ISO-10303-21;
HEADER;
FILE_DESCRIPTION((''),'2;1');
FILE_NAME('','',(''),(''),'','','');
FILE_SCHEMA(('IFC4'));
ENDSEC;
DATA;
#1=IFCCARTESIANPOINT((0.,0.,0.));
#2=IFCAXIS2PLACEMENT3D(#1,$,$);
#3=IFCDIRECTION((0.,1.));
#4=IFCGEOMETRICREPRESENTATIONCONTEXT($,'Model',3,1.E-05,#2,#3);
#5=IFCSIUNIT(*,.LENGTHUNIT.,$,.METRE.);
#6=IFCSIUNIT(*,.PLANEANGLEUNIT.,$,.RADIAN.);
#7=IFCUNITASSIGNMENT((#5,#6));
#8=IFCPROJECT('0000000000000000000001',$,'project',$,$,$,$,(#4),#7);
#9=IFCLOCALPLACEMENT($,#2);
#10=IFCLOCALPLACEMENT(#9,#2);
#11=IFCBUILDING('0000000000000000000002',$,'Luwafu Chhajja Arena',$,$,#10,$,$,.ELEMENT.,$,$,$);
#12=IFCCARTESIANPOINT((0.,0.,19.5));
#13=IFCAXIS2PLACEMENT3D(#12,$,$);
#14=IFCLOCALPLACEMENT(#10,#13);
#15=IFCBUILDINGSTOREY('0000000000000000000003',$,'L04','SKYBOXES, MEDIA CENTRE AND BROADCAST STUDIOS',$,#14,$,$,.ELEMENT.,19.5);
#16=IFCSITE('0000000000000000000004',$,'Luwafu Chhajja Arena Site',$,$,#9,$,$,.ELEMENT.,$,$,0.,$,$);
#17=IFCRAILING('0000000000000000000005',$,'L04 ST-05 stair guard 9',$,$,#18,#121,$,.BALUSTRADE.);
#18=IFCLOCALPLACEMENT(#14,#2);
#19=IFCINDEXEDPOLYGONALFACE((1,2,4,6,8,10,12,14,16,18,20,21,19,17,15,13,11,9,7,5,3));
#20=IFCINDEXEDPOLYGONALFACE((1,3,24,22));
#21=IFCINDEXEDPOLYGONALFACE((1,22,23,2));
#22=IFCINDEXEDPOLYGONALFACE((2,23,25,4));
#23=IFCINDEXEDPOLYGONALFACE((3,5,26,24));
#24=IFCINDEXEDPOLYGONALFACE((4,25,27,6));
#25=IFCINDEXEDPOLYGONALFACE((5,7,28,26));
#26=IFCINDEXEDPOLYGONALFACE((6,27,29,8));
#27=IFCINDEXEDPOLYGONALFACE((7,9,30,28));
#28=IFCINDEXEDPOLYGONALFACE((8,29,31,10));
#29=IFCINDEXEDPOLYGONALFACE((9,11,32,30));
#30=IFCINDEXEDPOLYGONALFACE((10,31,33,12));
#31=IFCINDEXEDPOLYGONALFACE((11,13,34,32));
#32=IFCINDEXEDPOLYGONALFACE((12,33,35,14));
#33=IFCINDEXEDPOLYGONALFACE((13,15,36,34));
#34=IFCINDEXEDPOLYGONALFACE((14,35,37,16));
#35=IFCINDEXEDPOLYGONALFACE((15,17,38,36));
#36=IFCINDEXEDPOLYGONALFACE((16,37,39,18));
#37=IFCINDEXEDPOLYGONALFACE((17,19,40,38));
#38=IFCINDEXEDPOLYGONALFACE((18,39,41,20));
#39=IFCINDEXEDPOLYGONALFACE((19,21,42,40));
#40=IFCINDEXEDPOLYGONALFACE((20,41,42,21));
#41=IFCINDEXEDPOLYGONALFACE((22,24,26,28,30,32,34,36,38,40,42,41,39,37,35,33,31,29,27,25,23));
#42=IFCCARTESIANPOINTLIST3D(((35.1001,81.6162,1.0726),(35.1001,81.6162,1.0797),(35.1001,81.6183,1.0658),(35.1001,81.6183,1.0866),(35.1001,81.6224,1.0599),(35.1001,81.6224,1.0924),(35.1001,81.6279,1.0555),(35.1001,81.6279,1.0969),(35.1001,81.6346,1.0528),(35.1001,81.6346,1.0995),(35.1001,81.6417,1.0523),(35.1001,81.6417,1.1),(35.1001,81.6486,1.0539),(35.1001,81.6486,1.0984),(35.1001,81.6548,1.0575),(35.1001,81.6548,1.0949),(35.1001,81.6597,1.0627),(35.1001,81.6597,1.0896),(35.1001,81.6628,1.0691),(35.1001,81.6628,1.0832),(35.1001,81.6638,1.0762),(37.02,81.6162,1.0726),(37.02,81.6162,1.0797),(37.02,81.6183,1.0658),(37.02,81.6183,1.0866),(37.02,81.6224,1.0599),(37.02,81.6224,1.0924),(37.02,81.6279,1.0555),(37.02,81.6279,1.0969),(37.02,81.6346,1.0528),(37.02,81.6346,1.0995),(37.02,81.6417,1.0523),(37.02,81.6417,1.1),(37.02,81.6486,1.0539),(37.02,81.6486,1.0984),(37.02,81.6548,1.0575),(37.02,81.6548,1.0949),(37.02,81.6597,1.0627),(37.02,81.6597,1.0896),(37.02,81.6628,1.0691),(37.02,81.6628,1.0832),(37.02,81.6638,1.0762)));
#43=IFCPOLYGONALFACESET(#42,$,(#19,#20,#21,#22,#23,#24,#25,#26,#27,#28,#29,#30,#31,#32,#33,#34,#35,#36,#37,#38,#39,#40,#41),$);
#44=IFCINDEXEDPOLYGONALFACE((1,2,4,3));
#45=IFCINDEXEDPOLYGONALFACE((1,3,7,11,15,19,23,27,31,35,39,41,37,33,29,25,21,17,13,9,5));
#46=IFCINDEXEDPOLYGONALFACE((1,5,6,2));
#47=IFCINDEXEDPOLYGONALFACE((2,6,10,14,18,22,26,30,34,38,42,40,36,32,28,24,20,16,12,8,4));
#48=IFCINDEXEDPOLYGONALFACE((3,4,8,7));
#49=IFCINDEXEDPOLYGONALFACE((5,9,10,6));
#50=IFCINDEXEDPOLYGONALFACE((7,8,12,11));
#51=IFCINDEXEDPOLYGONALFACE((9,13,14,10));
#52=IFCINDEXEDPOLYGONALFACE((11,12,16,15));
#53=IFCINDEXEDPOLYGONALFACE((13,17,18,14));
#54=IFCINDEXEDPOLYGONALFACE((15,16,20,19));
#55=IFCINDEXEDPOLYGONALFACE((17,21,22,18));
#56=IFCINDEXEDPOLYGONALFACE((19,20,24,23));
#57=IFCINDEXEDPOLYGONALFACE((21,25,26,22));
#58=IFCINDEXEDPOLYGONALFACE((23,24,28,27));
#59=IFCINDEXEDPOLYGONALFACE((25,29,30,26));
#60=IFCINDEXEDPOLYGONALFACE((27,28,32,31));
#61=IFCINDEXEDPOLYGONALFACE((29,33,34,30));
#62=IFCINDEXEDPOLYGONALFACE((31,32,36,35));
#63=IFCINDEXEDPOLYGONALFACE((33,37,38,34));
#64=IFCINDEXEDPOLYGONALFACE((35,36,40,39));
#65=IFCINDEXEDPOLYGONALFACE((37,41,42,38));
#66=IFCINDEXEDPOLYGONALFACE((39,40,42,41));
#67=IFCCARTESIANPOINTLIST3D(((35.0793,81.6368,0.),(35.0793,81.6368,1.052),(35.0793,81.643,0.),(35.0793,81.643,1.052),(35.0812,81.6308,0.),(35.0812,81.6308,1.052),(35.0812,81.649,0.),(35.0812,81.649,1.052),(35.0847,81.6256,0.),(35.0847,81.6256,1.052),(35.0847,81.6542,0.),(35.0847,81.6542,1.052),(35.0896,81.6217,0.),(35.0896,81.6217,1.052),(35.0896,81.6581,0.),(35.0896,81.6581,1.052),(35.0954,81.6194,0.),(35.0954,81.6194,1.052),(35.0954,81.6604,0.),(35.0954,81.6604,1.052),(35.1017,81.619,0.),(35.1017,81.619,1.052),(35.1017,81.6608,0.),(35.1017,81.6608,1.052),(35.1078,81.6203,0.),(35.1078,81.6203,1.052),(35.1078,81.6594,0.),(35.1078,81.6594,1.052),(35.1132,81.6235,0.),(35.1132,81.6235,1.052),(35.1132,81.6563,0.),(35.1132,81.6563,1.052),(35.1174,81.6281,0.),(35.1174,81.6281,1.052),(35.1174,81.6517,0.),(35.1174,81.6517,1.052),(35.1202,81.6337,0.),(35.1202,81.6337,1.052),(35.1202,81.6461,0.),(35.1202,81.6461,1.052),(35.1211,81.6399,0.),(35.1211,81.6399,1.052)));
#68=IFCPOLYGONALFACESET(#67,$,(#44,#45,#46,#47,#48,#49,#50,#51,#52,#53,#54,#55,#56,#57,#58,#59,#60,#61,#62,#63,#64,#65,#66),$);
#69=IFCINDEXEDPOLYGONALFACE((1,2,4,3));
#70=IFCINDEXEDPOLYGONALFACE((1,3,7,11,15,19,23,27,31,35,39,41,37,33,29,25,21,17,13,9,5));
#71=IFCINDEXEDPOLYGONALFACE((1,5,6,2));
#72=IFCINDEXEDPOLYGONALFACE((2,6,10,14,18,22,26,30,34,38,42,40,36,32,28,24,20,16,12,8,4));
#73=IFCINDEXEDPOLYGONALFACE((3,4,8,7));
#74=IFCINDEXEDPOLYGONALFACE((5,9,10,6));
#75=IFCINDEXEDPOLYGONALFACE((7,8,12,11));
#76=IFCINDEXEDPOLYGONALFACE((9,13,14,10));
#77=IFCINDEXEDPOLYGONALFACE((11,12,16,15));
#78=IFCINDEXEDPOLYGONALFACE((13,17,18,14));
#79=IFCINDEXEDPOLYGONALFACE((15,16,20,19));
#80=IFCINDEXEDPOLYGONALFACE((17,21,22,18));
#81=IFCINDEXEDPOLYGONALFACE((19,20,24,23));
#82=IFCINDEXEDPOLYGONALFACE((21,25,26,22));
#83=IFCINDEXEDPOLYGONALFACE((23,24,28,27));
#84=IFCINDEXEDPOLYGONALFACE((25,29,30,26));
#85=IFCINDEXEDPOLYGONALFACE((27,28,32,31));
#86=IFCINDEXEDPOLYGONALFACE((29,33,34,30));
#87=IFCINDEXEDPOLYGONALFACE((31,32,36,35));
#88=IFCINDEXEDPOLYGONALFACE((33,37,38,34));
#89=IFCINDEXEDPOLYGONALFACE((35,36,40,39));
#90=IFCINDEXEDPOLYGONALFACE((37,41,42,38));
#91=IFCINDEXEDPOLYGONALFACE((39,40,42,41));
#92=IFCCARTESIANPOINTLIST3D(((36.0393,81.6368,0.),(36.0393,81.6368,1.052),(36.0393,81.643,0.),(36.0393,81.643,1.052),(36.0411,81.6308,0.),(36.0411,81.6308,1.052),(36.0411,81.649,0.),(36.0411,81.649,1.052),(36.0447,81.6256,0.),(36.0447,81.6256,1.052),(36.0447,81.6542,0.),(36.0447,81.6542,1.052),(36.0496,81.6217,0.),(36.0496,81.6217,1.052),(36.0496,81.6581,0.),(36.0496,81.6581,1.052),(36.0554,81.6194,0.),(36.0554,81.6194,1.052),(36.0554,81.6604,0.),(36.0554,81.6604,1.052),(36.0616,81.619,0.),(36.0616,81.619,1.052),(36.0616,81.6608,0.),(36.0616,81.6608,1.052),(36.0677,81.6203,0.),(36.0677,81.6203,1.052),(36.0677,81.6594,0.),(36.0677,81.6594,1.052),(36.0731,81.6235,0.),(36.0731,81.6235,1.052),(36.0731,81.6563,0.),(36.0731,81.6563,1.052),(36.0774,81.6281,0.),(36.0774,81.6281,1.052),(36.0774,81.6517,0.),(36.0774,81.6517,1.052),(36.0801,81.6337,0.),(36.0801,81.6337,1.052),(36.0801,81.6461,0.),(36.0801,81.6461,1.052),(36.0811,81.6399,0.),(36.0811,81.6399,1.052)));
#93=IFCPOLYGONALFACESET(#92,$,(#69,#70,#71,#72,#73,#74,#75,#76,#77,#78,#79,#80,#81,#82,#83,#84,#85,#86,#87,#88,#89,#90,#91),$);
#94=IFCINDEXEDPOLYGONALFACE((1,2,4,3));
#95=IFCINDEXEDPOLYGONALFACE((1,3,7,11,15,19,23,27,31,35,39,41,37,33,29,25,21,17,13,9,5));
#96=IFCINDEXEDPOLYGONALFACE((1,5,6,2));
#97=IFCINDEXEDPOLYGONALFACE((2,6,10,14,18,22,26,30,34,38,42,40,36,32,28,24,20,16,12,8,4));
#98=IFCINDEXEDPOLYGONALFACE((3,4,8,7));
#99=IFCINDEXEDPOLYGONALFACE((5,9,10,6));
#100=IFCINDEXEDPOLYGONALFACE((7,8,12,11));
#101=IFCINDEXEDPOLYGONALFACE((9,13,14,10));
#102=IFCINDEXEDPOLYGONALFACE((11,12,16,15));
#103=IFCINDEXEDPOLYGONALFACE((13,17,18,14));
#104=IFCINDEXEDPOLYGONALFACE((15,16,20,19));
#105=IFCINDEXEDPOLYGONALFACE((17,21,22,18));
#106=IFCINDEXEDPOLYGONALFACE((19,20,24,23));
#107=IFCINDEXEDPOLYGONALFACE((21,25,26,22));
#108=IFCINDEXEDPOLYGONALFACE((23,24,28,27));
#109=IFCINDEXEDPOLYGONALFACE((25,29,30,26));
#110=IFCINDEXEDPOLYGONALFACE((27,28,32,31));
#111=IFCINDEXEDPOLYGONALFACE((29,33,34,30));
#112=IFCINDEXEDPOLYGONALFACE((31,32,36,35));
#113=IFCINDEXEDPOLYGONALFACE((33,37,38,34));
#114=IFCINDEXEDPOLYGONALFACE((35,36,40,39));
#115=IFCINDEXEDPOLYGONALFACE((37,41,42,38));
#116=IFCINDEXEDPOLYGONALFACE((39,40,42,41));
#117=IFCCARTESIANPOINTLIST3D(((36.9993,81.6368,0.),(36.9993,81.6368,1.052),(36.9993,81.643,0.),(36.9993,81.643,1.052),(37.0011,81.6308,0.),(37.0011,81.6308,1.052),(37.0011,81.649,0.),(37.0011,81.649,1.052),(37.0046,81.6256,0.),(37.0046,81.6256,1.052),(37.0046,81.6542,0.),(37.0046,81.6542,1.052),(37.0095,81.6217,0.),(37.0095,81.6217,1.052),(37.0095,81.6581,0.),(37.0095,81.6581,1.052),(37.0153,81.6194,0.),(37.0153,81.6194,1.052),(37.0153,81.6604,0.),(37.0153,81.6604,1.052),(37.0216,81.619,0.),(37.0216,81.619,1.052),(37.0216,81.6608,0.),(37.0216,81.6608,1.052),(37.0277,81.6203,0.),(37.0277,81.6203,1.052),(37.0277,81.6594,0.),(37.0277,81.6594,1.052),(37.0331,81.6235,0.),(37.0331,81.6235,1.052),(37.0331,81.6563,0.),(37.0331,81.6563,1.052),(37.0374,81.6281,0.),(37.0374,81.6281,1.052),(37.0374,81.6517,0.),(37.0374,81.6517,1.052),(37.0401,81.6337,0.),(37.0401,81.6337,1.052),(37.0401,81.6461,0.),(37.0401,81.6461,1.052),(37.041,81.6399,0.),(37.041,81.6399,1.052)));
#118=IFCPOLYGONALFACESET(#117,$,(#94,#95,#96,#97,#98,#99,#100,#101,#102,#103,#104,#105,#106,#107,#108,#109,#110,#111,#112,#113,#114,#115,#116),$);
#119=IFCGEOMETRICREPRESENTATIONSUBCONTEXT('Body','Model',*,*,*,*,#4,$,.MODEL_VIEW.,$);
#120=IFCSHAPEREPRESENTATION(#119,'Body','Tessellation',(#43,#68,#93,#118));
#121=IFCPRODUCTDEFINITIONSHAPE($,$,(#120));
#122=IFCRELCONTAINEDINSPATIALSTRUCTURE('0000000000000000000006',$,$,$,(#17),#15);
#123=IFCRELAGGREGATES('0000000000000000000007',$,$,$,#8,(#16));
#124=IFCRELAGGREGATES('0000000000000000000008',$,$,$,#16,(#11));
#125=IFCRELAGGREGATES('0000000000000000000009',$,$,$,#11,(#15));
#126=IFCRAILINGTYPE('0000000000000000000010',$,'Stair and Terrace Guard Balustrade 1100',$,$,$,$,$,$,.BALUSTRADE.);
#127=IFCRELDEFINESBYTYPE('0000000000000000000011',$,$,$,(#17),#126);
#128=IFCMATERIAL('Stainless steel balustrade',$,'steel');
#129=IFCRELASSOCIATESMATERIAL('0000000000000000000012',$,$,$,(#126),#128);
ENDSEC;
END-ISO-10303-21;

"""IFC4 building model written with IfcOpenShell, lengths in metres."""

from ifc_helpers import new_model, si_unit, direction, frame, origin, origin_2d, place, context, subcontext, project, spatial, circle, extrude, material, type_object, element, save


model = new_model("IFC4")

# Units and contexts
model_context = context("Model", 3, precision=1e-05, world=origin(), true_north=direction((0.0, 1.0)))
body_context = subcontext(model_context, "Body", "Model", "MODEL_VIEW")
ifc_project = project(units=[si_unit("LENGTHUNIT", "METRE"), si_unit("PLANEANGLEUNIT", "RADIAN")], contexts=[model_context])

# Site, building, storey
site_placement = place(None, origin())
site = spatial("IfcSite", under=ifc_project, at=site_placement, Name="Luwafu Chhajja Arena Site", CompositionType="ELEMENT", RefElevation=0.0)
building_placement = place(site_placement, origin())
building = spatial("IfcBuilding", under=site, at=building_placement, Name="Luwafu Chhajja Arena", CompositionType="ELEMENT")
storey_placement = place(building_placement, frame((0.0, 0.0, 19.5)))
storey = spatial("IfcBuildingStorey", under=building, at=storey_placement, Name="L04", Description="SKYBOXES, MEDIA CENTRE AND BROADCAST STUDIOS", CompositionType="ELEMENT", Elevation=19.5)

# Railing
ifc_material_1 = material(Name="Stainless steel balustrade", Category="steel")
railing_type_1 = type_object("IfcRailingType", Name="Stair and Terrace Guard Balustrade 1100", PredefinedType="BALUSTRADE", material=ifc_material_1)
for number, where, name in (
    (1, (35.1001, 81.6399, 0.0), "L04 ST-05 stair guard 9"),
):
    element("IfcRailing", number, at=place(storey_placement, frame(where)), inside=storey, type_object=railing_type_1, Name=name, PredefinedType="BALUSTRADE", context=body_context, shape_type="SweptSolid", body=[
        extrude(circle(Radius=0.0239, at=origin_2d()), frame((0.0, 0.0, 1.0762), z_axis=(1.0, 0.0, 0.0), x_axis=(0.0, 1.0, 0.0)), (0.0, 0.0, 1.0), 1.9199),
        extrude(circle(Radius=0.021, at=origin_2d()), origin(), (0.0, 0.0, 1.0), 1.052),
        extrude(circle(Radius=0.021, at=origin_2d()), frame((0.96, 0.0, 0.0)), (0.0, 0.0, 1.0), 1.052),
        extrude(circle(Radius=0.021, at=origin_2d()), frame((1.9199, 0.0, 0.0)), (0.0, 0.0, 1.0), 1.052),
    ])

save(model, "model.ifc")
